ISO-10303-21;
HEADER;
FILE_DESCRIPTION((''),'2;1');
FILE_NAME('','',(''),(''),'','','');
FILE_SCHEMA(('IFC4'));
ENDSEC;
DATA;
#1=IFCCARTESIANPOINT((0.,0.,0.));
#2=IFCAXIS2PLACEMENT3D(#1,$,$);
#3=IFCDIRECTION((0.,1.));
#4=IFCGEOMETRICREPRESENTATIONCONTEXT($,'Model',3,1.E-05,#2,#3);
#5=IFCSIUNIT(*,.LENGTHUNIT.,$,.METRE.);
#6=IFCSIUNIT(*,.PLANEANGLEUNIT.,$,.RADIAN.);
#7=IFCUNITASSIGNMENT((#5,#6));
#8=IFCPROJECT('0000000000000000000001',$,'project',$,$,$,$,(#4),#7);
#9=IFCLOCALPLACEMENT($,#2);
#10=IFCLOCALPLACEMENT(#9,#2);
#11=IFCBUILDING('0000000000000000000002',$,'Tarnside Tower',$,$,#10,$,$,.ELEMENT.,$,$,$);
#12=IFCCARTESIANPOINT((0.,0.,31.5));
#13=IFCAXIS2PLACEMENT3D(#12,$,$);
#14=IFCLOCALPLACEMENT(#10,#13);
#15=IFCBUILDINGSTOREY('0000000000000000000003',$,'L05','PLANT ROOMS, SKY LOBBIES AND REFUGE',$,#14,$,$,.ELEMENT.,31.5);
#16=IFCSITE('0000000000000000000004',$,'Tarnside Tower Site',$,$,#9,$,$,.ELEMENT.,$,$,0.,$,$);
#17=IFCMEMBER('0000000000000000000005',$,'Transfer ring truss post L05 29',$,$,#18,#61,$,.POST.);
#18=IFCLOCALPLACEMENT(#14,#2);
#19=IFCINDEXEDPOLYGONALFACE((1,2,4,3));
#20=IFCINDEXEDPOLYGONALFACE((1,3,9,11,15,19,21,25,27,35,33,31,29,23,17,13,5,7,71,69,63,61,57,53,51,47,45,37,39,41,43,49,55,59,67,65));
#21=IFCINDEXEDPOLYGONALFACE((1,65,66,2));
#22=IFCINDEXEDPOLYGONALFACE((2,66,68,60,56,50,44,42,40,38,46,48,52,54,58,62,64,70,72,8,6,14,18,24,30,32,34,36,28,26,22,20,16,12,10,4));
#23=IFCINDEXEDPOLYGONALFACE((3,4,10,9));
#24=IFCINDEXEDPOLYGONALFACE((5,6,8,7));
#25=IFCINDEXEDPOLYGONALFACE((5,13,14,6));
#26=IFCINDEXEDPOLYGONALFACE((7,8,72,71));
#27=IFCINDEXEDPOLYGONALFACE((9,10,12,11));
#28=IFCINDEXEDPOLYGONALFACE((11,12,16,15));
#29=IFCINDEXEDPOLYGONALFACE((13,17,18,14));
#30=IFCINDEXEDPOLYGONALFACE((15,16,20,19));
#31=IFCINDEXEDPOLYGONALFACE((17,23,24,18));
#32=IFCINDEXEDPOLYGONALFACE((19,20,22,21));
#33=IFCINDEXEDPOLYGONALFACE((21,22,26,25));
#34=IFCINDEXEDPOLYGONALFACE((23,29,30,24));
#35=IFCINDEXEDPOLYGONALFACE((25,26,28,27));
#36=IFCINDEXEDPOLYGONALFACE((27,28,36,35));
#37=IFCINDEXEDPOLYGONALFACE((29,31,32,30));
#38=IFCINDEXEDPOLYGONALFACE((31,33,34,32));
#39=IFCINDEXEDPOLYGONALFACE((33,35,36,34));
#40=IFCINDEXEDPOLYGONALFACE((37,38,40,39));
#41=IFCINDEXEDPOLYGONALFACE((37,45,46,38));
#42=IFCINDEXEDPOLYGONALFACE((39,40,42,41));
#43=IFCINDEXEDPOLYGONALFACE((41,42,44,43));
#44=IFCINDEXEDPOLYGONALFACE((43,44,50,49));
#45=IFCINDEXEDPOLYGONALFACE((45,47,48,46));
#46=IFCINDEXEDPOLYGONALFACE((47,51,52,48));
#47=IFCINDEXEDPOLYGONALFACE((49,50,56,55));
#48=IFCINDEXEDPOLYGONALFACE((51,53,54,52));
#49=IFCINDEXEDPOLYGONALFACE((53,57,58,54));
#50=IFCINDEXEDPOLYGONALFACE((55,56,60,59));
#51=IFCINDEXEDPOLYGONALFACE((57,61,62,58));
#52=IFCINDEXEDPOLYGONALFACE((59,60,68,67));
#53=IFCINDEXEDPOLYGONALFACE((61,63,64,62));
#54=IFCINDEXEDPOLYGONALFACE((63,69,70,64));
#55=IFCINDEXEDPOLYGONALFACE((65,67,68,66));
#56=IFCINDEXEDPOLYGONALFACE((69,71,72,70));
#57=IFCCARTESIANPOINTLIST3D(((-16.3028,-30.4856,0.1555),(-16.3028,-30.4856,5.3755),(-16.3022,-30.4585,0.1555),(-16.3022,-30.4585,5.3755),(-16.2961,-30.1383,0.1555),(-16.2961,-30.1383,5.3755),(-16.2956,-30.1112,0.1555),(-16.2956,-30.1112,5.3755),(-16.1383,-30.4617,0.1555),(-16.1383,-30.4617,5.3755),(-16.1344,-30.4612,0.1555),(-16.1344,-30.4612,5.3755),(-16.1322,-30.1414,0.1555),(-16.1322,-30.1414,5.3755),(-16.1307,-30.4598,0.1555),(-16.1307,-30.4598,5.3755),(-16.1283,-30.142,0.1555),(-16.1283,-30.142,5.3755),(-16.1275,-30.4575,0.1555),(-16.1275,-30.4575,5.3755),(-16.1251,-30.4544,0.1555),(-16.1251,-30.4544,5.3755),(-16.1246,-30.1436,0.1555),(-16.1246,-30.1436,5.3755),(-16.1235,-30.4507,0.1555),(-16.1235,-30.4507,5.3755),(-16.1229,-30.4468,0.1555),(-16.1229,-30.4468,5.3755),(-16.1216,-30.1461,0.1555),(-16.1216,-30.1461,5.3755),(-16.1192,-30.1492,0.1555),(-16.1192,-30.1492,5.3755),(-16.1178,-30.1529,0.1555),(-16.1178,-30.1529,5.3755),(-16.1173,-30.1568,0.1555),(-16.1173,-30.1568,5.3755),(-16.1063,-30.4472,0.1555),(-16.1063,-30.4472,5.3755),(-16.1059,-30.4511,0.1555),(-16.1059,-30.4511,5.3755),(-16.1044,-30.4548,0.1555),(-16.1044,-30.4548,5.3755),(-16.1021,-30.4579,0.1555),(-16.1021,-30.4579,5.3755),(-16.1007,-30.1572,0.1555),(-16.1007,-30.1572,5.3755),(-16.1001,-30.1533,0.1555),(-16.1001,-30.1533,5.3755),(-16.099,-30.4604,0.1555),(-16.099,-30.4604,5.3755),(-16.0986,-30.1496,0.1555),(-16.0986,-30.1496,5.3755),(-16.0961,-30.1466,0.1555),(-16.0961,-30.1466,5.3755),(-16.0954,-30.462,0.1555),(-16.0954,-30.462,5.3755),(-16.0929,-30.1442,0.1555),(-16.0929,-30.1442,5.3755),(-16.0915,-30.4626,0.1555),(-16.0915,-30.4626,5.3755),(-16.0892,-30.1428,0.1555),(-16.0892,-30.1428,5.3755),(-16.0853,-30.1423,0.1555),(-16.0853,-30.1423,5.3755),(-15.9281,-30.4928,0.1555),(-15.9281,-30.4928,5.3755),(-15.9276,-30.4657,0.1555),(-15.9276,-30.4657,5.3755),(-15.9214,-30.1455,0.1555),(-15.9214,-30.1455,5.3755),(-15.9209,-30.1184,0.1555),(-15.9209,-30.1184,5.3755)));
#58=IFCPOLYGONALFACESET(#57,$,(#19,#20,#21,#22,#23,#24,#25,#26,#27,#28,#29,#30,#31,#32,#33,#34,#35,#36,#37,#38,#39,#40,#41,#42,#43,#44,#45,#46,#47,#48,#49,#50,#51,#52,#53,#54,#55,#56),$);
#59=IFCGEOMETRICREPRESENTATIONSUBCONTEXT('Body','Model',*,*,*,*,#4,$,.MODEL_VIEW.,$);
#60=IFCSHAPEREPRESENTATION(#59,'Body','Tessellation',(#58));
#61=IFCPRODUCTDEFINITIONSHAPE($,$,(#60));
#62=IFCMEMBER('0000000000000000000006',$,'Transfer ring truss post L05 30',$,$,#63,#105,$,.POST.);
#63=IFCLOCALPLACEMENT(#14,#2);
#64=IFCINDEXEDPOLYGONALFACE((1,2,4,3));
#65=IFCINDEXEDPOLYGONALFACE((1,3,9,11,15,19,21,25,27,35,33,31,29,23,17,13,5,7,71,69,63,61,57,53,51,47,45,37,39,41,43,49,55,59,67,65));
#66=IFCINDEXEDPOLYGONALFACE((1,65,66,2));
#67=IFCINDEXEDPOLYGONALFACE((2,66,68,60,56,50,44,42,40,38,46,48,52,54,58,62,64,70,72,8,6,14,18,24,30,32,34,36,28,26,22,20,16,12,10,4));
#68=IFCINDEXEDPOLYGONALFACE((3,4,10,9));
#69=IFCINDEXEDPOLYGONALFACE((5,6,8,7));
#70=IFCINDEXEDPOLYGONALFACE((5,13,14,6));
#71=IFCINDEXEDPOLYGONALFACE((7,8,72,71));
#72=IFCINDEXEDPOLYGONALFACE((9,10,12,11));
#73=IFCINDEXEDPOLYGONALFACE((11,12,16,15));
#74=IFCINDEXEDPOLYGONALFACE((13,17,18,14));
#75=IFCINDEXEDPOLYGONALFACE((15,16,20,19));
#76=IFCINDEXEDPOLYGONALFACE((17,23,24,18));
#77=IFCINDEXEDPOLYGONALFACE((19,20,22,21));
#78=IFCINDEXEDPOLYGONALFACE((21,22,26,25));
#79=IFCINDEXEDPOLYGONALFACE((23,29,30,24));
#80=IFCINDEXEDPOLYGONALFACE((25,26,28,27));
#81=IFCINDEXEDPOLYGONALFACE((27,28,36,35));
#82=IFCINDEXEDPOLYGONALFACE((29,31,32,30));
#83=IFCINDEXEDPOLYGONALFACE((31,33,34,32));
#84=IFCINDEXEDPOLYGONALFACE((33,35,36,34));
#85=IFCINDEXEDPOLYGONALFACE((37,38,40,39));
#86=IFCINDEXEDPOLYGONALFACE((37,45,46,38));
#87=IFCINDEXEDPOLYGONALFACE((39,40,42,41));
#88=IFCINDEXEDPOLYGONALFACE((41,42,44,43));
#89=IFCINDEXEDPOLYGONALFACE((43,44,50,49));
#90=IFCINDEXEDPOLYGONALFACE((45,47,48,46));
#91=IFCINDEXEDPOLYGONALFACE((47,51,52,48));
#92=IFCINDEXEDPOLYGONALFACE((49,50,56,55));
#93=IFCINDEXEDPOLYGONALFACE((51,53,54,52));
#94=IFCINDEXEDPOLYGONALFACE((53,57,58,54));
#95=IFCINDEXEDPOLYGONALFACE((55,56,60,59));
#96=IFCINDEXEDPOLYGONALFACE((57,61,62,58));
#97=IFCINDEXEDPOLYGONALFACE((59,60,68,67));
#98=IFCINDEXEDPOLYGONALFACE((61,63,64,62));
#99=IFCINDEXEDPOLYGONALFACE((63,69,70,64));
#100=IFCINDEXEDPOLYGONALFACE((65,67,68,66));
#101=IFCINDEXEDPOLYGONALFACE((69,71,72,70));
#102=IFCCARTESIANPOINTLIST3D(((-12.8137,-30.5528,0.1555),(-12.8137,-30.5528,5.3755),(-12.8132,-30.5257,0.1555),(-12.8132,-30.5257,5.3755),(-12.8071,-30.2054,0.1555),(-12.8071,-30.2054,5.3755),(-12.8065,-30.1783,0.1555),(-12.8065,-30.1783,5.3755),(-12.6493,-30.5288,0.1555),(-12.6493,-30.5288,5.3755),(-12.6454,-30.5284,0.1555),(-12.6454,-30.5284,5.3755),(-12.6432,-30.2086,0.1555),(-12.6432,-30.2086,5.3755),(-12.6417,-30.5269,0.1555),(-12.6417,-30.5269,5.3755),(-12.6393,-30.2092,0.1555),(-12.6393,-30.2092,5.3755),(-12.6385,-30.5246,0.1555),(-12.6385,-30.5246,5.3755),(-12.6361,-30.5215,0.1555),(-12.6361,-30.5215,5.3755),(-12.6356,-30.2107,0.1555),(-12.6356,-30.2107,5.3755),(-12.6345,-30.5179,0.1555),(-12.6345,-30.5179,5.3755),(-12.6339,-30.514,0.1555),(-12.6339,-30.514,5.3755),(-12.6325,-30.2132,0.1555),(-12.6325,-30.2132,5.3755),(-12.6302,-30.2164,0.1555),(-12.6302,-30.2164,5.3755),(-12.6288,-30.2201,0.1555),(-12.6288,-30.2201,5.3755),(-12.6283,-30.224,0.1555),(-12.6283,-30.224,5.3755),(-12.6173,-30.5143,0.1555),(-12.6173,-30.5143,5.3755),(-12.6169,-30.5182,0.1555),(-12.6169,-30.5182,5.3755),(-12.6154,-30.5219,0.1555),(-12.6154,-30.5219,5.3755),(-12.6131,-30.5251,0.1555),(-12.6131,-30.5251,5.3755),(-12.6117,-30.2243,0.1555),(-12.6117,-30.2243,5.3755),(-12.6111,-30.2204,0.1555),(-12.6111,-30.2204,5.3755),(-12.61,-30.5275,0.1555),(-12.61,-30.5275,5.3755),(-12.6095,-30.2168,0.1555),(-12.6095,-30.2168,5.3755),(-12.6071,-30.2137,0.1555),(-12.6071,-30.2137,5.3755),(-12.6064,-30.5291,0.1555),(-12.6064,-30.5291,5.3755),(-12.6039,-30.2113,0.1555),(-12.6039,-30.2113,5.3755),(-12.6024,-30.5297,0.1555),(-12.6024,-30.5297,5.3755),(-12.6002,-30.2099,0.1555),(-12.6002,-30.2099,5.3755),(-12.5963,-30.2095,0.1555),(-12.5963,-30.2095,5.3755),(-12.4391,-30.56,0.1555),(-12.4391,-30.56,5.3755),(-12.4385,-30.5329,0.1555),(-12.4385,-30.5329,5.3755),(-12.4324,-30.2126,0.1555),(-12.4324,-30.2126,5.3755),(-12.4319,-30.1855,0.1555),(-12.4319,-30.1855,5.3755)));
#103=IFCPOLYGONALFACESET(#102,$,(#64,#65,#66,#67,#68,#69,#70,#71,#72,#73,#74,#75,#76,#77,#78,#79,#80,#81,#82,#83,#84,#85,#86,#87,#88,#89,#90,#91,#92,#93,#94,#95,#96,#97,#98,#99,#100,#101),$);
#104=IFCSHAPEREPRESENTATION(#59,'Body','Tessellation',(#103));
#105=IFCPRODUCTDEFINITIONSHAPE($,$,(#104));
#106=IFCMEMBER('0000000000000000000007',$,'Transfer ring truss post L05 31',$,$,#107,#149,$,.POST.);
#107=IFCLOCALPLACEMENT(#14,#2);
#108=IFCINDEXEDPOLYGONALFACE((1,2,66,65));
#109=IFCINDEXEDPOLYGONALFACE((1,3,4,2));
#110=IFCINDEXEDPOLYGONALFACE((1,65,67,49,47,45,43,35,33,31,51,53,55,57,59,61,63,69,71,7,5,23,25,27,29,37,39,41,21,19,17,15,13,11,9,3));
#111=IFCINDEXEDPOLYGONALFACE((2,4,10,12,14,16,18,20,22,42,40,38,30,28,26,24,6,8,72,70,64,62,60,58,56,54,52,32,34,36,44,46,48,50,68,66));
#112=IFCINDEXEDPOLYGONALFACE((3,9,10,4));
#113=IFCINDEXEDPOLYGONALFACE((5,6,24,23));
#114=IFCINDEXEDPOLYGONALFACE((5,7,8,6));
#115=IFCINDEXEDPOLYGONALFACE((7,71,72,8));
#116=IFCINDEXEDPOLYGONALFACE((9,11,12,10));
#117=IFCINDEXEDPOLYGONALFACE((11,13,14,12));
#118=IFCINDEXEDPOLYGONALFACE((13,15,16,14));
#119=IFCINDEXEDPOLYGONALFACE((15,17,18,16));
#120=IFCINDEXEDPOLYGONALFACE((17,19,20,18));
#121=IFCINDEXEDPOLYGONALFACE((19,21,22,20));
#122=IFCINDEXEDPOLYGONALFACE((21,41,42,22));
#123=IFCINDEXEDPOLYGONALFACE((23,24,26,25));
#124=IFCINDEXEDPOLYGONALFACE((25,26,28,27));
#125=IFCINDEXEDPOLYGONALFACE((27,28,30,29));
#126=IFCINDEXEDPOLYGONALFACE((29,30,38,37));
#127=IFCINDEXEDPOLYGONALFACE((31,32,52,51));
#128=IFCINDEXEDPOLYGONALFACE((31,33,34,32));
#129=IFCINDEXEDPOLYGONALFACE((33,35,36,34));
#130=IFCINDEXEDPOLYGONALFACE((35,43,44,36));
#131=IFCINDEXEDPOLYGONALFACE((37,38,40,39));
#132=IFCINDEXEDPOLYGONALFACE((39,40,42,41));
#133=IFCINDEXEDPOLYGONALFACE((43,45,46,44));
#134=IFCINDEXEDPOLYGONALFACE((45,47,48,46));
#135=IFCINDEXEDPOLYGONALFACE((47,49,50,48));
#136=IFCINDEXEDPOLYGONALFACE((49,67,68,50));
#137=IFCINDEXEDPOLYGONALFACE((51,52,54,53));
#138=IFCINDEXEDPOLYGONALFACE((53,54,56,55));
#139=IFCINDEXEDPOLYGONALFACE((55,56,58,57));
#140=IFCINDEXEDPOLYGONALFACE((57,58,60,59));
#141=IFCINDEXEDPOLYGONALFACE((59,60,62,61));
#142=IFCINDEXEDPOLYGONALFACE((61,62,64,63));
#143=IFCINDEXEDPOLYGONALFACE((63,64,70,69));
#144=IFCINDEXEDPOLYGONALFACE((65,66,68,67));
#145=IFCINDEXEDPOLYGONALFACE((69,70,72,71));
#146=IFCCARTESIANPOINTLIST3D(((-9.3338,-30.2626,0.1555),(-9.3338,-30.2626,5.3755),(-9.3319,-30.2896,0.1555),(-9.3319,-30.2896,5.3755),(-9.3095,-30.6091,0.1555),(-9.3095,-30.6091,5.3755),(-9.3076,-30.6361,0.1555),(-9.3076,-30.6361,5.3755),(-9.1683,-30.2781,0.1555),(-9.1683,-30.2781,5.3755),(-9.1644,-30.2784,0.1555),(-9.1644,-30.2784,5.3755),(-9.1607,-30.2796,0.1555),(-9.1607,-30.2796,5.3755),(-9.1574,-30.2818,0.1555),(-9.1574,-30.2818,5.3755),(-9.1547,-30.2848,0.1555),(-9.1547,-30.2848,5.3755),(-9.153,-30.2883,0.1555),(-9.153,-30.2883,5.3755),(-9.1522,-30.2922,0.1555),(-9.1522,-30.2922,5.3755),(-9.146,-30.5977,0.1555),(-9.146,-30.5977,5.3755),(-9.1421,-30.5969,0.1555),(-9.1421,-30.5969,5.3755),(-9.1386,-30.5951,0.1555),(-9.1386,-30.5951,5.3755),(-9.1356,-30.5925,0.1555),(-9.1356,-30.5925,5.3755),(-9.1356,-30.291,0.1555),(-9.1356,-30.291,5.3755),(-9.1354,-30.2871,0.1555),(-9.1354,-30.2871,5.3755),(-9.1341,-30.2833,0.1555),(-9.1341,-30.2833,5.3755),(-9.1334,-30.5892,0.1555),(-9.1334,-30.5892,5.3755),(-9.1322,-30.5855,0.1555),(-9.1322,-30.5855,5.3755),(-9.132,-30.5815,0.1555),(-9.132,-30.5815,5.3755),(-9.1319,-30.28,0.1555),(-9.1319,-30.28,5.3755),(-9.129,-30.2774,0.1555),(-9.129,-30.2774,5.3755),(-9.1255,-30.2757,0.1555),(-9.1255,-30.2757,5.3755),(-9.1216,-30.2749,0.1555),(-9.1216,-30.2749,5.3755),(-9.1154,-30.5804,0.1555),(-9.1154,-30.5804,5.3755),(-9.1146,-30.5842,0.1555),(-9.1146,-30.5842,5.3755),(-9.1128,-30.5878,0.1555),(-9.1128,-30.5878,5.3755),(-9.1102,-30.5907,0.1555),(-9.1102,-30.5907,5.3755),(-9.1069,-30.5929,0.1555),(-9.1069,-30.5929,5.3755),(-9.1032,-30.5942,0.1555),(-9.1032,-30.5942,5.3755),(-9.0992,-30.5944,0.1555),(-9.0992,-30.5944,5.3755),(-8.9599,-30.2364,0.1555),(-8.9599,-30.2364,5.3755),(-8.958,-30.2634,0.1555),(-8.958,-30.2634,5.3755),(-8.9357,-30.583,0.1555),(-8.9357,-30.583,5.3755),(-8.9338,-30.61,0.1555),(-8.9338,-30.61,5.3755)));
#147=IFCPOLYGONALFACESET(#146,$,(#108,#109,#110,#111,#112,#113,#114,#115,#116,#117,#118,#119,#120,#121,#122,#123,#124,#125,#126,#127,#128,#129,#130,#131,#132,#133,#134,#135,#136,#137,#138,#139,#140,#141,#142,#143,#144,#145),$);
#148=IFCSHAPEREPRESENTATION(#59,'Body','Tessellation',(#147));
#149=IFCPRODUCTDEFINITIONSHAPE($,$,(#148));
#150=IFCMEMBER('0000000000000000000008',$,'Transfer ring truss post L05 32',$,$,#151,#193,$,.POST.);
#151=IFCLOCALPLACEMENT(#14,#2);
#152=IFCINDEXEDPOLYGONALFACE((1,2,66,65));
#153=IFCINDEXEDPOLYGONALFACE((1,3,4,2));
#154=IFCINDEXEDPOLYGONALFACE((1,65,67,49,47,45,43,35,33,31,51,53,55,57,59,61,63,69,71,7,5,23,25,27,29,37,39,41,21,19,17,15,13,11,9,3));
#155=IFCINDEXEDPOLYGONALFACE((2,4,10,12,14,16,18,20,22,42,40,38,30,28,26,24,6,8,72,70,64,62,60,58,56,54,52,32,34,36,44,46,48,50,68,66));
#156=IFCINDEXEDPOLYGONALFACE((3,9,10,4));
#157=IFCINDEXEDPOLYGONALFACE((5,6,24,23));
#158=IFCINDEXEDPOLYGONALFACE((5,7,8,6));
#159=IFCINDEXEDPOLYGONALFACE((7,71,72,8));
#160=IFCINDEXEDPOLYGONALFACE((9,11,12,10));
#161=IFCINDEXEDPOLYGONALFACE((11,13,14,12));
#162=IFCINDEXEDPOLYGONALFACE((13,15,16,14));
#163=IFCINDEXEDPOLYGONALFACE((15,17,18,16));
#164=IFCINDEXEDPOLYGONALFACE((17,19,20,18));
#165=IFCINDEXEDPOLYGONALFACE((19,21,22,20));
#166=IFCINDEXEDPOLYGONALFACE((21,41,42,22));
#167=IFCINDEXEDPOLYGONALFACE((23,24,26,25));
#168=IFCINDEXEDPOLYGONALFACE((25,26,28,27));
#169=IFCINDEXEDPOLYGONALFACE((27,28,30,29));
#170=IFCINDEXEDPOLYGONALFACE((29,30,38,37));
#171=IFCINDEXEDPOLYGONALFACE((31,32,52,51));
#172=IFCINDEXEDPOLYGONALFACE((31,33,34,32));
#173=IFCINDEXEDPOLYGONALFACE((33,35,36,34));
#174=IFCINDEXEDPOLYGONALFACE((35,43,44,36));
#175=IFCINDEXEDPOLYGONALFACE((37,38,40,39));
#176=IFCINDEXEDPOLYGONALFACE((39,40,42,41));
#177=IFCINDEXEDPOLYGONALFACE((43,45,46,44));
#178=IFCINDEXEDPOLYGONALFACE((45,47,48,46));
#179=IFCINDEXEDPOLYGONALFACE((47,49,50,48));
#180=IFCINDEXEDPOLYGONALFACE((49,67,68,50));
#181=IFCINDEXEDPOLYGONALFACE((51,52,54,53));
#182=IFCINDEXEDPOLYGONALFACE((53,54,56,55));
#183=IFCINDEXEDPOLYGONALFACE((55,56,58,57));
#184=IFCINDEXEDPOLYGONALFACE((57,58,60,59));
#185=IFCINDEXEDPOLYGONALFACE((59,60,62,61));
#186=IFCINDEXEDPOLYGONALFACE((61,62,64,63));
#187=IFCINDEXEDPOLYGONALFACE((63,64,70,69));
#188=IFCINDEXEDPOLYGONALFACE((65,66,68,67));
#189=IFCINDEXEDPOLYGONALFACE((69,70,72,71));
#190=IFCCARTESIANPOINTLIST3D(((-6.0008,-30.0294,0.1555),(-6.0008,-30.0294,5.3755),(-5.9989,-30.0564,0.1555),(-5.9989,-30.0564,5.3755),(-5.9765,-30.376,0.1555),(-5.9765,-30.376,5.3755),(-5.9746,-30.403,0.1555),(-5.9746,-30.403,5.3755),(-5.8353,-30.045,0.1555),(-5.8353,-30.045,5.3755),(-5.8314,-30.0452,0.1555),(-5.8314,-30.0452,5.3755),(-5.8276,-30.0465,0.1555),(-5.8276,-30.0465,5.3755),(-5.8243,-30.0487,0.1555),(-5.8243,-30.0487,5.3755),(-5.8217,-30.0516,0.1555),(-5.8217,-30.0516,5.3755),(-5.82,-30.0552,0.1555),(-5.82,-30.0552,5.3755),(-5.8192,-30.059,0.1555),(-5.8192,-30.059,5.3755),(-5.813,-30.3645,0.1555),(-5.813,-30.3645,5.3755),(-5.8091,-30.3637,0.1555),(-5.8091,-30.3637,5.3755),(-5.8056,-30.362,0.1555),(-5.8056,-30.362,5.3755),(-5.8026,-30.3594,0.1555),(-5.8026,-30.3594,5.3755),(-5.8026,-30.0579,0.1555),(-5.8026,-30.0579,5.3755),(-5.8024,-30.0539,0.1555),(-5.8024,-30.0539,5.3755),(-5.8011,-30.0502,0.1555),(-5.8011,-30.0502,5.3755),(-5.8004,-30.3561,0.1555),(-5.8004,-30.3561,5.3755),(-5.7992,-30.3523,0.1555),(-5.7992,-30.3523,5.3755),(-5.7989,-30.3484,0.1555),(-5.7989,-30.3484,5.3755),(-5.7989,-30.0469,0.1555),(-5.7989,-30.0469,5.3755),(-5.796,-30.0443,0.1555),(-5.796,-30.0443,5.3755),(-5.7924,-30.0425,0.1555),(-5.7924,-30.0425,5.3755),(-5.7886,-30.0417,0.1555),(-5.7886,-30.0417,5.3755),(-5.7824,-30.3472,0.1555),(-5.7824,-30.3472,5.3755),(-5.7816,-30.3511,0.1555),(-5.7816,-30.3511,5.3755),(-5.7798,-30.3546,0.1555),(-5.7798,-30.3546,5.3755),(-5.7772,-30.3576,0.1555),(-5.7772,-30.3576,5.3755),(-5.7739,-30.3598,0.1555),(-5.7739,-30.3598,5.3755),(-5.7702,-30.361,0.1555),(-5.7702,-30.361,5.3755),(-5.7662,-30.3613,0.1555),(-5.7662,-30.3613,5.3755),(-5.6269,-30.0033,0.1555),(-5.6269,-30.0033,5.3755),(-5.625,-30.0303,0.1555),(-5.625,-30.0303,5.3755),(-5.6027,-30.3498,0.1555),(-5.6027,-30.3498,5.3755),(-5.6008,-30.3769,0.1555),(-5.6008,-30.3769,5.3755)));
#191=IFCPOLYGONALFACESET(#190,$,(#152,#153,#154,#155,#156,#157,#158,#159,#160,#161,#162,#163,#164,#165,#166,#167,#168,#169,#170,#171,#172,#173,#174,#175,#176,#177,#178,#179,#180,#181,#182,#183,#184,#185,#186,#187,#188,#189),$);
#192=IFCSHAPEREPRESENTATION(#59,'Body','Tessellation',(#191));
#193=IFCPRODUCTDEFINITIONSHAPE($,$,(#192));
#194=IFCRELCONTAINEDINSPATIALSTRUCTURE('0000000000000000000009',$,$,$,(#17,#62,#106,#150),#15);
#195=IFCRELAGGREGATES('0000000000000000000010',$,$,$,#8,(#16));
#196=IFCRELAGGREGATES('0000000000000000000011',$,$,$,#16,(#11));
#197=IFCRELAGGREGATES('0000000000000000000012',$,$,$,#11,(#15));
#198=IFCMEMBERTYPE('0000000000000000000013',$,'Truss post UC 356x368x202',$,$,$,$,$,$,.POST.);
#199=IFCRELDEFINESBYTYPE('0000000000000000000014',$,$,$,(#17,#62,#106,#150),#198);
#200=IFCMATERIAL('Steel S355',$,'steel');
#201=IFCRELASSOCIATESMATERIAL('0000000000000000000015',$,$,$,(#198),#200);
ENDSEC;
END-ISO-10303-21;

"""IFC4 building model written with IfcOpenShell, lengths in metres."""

from ifc_helpers import new_model, si_unit, direction, frame, origin, origin_2d, place, context, subcontext, project, spatial, i_section, extrude, material, material_profile, profile_set, type_object, element, save


model = new_model("IFC4")

# Units and contexts
model_context = context("Model", 3, precision=1e-05, world=origin(), true_north=direction((0.0, 1.0)))
body_context = subcontext(model_context, "Body", "Model", "MODEL_VIEW")
ifc_project = project(units=[si_unit("LENGTHUNIT", "METRE"), si_unit("PLANEANGLEUNIT", "RADIAN")], contexts=[model_context])

# Site, building, storey
site_placement = place(None, origin())
site = spatial("IfcSite", under=ifc_project, at=site_placement, Name="Tarnside Tower Site", CompositionType="ELEMENT", RefElevation=0.0)
building_placement = place(site_placement, origin())
building = spatial("IfcBuilding", under=site, at=building_placement, Name="Tarnside Tower", CompositionType="ELEMENT")
storey_placement = place(building_placement, frame((0.0, 0.0, 31.5)))
storey = spatial("IfcBuildingStorey", under=building, at=storey_placement, Name="L05", Description="PLANT ROOMS, SKY LOBBIES AND REFUGE", CompositionType="ELEMENT", Elevation=31.5)

# Shared definitions
ifc_material_1 = material(Name="Steel S355", Category="steel")

# Members
ifc_material_profile_1 = material_profile(ifc_material_1, i_section(OverallWidth=0.3748, OverallDepth=0.3745, WebThickness=0.0166, FlangeThickness=0.0271, FilletRadius=0.0151, at=origin_2d()), Name="UC 356x368x202")
ifc_profile_set_1 = profile_set([ifc_material_profile_1], Name="Steel S355")
member_type_1 = type_object("IfcMemberType", Name="Truss post UC 356x368x202", PredefinedType="POST", material=ifc_profile_set_1)
for number, where, z_axis, x_axis, name in (
    (1, (-16.1118, -30.302, 0.1555), (0.0, 0.0, 1.0), (0.999815, -0.019224, 0.0), "Transfer ring truss post L05 29"),
    (2, (-12.6228, -30.3691, 0.1555), (0.0, 0.0, 1.0), (0.999815, -0.019224, 0.0), "Transfer ring truss post L05 30"),
    (3, (-9.1338, -30.4363, 0.1555), (0.0, 0.0, 1.0), (0.997564, 0.069756, 0.0), "Transfer ring truss post L05 31"),
    (4, (-5.8008, -30.2031, 0.1555), (0.0, 0.0, 1.0), (0.997564, 0.069756, 0.0), "Transfer ring truss post L05 32"),
):
    element("IfcMember", number, at=place(storey_placement, frame(where, z_axis=z_axis, x_axis=x_axis)), inside=storey, type_object=member_type_1, Name=name, PredefinedType="POST", context=body_context, shape_type="SweptSolid", body=[
        extrude(i_section(OverallWidth=0.3748, OverallDepth=0.3745, WebThickness=0.0166, FlangeThickness=0.0271, FilletRadius=0.0151, at=origin_2d()), origin(), (0.0, 0.0, 1.0), 5.22),
    ])

save(model, "model.ifc")
